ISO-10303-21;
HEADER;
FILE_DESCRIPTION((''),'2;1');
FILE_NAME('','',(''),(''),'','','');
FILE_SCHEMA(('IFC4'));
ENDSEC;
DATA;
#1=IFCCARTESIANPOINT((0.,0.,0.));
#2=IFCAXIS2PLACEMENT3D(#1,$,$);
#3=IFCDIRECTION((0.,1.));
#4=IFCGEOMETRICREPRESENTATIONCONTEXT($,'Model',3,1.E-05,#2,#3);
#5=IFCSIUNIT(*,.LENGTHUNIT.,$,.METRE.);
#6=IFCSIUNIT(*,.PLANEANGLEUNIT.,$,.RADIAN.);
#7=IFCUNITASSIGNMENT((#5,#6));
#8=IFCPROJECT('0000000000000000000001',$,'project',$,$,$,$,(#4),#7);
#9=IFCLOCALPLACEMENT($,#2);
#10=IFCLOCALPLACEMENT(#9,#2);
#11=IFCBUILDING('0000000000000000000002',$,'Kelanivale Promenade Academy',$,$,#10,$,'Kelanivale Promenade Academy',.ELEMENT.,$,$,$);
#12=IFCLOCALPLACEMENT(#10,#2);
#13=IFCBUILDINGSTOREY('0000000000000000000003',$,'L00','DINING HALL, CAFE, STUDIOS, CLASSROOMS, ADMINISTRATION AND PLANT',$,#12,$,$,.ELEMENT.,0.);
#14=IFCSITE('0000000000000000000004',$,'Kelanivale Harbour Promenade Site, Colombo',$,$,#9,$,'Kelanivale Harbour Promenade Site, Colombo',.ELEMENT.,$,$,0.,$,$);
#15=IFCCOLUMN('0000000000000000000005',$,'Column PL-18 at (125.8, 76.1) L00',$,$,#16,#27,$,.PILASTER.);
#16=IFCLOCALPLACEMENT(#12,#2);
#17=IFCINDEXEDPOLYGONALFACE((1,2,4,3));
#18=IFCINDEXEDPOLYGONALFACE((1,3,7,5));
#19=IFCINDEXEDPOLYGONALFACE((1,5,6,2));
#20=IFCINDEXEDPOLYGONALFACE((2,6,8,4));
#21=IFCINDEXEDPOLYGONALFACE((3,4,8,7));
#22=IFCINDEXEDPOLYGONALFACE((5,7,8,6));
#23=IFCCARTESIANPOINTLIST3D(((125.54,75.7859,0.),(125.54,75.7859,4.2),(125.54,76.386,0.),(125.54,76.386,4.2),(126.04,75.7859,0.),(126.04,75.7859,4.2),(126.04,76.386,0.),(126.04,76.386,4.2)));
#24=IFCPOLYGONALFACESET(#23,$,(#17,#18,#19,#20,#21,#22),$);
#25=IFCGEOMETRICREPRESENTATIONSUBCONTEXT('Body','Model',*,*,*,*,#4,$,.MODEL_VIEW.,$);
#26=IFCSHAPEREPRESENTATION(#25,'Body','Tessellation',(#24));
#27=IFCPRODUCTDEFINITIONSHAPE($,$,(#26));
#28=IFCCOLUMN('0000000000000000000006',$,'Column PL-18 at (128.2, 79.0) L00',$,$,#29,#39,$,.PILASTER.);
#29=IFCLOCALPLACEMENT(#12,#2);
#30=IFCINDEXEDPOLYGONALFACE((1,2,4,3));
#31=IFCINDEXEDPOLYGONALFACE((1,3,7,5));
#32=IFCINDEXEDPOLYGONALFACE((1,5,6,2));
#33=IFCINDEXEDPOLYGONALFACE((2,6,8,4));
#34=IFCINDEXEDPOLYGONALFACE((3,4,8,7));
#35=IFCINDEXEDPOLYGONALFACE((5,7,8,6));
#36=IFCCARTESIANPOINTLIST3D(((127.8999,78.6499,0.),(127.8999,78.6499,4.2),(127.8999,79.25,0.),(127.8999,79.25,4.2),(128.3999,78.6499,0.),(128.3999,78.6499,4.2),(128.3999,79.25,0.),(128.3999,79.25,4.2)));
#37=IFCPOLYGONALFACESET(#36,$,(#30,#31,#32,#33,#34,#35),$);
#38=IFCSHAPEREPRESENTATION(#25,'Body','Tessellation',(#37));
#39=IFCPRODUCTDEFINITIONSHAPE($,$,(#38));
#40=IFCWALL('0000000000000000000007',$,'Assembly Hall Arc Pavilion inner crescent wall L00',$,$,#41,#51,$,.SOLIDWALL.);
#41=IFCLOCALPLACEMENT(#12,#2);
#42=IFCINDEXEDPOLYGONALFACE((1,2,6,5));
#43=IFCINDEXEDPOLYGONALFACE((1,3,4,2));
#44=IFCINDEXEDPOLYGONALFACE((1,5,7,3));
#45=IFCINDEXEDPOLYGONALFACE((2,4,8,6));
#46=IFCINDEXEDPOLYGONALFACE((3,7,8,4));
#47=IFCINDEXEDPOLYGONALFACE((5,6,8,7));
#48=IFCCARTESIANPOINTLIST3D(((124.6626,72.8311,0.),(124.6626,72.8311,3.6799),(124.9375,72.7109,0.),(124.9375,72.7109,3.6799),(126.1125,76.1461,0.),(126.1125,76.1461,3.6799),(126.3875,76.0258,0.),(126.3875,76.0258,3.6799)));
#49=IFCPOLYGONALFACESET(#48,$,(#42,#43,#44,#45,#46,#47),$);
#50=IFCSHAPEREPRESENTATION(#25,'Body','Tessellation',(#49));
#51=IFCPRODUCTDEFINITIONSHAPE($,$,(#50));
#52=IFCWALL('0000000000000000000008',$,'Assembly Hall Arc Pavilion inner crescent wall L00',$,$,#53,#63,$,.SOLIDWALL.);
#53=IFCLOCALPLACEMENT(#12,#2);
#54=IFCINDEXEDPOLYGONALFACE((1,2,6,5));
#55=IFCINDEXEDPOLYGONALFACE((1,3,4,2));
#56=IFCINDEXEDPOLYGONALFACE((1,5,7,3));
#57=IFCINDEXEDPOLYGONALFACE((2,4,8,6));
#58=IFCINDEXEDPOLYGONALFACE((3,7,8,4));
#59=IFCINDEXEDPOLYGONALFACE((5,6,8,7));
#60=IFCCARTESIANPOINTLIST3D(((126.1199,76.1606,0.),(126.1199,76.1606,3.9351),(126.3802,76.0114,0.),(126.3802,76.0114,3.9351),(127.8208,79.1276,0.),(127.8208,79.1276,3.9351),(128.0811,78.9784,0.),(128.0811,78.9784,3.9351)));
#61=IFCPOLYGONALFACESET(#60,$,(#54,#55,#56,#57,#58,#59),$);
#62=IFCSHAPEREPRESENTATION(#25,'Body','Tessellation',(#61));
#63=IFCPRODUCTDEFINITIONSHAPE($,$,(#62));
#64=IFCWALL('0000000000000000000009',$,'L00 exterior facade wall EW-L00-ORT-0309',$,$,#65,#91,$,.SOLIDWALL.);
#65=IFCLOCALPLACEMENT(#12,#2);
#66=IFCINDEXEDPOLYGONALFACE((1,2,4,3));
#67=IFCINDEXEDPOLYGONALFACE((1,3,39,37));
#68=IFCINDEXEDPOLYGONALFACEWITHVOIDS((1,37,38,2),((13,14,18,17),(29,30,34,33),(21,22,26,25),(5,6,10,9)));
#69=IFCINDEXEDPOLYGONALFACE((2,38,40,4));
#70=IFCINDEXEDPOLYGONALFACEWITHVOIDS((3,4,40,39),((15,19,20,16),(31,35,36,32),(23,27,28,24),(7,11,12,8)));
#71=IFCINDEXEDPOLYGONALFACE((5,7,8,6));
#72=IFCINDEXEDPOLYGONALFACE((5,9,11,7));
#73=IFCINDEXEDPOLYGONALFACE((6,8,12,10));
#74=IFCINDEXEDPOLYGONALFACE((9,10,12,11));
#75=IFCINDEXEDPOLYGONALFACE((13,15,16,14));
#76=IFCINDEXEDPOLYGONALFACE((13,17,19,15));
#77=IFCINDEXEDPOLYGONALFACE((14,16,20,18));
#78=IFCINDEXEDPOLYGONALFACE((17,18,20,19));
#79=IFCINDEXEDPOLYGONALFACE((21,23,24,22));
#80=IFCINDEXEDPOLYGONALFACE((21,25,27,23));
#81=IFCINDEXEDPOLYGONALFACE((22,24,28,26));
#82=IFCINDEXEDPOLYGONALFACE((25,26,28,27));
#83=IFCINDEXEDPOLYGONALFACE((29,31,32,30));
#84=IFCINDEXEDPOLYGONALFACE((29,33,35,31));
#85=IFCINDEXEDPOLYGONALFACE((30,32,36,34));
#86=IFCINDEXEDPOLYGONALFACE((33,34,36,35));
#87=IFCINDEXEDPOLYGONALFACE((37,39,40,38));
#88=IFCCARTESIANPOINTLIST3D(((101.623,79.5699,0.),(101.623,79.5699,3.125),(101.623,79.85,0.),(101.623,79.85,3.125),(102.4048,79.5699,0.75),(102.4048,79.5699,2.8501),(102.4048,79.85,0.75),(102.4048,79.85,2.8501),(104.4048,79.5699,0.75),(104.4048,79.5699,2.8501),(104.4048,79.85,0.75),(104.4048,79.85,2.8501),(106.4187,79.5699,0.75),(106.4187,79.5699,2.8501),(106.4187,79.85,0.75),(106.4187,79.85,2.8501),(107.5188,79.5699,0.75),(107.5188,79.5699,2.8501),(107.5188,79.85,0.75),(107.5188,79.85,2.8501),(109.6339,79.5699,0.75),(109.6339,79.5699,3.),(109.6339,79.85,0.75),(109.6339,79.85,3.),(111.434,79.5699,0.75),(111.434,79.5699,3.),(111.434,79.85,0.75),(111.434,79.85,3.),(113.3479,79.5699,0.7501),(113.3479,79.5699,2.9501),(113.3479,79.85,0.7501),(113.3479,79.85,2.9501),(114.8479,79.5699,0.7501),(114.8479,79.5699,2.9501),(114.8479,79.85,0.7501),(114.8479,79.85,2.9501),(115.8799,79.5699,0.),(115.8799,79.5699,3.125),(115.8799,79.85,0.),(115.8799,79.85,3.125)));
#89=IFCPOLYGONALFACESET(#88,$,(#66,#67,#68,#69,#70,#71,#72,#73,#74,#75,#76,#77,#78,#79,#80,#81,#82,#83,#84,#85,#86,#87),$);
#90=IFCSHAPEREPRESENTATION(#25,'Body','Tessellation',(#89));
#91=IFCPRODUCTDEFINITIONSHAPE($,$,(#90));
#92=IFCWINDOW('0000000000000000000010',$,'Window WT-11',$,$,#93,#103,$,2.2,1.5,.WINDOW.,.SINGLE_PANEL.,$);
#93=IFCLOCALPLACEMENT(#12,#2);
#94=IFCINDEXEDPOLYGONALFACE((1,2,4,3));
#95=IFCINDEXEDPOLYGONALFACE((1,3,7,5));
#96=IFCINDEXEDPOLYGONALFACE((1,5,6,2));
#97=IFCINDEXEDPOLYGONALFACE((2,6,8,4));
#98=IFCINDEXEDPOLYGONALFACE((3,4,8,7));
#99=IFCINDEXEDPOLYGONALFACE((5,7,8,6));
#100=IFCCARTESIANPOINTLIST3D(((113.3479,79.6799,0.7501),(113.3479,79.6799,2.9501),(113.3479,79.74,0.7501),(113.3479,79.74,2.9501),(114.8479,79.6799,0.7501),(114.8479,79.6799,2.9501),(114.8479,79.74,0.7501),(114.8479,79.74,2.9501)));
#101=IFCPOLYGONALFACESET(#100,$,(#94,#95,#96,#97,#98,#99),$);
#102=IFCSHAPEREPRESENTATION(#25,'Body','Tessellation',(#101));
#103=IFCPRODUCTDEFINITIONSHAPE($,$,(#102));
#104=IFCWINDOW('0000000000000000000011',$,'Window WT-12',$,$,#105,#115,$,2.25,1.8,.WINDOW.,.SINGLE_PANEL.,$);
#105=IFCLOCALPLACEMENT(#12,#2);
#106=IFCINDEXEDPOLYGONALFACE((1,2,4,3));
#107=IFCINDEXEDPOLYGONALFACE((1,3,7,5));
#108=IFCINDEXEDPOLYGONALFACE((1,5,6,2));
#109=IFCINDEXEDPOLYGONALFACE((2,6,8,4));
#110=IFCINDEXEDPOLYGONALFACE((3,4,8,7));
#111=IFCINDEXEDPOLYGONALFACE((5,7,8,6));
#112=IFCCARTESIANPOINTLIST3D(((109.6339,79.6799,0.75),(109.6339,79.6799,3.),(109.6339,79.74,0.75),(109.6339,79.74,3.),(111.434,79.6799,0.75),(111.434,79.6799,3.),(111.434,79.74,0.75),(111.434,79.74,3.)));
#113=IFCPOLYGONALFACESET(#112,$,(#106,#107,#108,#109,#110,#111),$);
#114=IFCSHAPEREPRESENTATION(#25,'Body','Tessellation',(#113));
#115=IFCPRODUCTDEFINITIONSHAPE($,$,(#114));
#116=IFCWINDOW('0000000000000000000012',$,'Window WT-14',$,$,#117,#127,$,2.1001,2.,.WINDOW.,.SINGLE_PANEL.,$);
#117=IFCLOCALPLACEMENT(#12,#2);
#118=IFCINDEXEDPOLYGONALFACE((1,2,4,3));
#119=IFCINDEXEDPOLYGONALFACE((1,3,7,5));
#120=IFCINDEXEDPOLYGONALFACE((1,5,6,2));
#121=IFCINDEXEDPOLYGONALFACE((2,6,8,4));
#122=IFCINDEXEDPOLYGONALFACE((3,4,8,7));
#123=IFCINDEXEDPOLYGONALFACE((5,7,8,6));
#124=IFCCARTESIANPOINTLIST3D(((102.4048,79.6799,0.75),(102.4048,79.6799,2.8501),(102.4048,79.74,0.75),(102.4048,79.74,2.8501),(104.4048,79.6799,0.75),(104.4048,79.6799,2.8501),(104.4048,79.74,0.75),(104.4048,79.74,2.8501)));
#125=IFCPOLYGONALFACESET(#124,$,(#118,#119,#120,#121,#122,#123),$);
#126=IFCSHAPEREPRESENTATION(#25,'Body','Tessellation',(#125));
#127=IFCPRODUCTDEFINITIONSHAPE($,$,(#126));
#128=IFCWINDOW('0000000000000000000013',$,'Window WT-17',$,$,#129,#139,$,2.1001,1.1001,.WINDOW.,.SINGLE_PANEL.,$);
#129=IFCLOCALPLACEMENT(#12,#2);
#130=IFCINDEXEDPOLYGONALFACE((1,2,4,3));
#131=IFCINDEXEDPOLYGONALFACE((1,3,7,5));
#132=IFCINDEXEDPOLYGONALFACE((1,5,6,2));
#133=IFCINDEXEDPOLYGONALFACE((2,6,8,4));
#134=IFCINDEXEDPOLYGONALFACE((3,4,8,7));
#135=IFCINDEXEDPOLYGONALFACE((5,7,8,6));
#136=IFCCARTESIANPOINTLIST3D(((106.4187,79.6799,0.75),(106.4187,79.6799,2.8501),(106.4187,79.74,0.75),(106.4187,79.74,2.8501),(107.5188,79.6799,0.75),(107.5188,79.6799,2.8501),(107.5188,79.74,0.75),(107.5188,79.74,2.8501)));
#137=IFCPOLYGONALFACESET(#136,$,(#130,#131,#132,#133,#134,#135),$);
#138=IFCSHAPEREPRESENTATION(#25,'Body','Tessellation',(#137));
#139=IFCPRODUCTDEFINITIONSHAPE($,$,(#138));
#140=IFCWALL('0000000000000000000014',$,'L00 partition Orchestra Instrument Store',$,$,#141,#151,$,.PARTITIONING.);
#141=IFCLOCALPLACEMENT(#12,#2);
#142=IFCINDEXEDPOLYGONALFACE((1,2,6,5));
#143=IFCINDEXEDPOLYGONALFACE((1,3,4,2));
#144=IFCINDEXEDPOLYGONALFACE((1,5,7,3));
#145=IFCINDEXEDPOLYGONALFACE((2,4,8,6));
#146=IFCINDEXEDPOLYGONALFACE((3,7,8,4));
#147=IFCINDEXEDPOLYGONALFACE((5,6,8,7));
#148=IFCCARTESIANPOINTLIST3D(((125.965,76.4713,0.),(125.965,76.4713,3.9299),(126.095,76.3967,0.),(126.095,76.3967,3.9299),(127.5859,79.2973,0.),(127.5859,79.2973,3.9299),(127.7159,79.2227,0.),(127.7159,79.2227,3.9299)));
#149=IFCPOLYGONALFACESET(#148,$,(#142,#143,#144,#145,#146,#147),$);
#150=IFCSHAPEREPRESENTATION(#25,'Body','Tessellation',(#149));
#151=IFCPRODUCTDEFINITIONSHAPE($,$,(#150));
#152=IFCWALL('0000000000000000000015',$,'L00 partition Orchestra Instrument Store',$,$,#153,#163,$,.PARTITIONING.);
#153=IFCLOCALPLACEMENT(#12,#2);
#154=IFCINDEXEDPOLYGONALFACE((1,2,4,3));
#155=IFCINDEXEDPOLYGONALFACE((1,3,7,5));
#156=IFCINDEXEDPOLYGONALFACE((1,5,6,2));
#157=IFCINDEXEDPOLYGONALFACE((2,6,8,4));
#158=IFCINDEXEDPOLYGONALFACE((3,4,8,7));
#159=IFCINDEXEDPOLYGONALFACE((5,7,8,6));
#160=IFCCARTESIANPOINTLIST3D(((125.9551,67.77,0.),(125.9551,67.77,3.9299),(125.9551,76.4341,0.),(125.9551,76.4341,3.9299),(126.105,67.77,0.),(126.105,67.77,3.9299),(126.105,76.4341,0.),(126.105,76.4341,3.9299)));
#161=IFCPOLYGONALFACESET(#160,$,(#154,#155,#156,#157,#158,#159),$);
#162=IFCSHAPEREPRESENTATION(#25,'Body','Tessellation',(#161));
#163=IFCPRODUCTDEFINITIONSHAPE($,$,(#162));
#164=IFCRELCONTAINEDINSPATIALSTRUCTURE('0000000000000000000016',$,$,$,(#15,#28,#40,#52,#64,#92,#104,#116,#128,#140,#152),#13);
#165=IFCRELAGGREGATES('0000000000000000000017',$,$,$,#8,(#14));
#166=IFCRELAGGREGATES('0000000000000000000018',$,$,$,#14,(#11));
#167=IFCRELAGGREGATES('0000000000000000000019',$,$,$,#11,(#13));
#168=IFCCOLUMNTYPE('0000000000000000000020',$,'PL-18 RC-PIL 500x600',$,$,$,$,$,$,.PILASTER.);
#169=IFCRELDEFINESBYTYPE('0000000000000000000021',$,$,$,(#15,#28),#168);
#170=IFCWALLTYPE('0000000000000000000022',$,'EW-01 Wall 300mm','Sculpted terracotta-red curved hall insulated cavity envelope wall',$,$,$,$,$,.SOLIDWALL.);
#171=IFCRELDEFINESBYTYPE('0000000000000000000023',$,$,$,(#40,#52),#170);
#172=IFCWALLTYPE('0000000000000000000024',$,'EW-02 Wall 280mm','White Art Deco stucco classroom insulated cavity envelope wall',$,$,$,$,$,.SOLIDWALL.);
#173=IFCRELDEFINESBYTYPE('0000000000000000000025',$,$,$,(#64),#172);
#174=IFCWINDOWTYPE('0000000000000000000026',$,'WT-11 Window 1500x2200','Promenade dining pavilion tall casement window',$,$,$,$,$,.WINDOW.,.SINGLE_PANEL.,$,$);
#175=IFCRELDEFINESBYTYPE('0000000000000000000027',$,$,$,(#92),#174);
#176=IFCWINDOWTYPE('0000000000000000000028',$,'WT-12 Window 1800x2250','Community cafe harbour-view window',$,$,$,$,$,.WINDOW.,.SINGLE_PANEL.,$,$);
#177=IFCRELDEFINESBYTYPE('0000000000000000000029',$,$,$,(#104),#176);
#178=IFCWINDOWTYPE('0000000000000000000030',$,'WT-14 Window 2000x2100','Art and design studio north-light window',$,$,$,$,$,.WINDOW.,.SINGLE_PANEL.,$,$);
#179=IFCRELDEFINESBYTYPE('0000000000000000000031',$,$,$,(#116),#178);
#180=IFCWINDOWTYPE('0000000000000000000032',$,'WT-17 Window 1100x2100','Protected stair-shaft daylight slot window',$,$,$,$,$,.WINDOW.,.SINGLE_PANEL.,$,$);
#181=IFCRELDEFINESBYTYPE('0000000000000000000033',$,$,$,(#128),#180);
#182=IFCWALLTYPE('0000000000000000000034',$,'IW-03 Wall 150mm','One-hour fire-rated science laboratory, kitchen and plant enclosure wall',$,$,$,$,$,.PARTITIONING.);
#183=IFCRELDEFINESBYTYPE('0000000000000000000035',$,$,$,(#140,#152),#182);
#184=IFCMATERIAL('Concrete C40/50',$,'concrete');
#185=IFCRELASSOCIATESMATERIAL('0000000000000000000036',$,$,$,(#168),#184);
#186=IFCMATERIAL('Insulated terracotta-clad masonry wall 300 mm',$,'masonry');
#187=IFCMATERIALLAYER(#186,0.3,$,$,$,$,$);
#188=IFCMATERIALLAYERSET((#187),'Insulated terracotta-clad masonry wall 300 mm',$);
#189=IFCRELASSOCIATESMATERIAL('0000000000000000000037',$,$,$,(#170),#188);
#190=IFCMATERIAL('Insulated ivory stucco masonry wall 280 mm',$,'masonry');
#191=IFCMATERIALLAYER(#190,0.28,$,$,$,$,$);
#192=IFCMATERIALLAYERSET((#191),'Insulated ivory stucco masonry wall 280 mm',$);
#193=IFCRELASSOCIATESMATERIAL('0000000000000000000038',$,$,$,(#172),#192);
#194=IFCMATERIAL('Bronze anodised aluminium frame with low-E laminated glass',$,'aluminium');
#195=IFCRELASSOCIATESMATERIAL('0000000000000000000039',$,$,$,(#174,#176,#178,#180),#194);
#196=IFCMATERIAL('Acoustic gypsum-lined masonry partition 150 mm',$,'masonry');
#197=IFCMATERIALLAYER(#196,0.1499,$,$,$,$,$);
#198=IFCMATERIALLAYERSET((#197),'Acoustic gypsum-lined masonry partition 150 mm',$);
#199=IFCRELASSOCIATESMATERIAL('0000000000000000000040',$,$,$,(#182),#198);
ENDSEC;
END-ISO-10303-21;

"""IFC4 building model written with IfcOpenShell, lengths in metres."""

from ifc_helpers import new_model, si_unit, direction, frame, frame_2d, origin, origin_2d, place, context, subcontext, project, spatial, rectangle, extrude, material, layer, layer_set, material_profile, profile_set, type_object, element, fill, save


model = new_model("IFC4")

# Units and contexts
model_context = context("Model", 3, precision=1e-05, world=origin(), true_north=direction((0.0, 1.0)))
body_context = subcontext(model_context, "Body", "Model", "MODEL_VIEW")
ifc_project = project(units=[si_unit("LENGTHUNIT", "METRE"), si_unit("PLANEANGLEUNIT", "RADIAN")], contexts=[model_context])

# Site, building, storey
site_placement = place(None, origin())
site = spatial("IfcSite", under=ifc_project, at=site_placement, Name="Kelanivale Harbour Promenade Site, Colombo", LongName="Kelanivale Harbour Promenade Site, Colombo", CompositionType="ELEMENT", RefElevation=0.0)
building_placement = place(site_placement, origin())
building = spatial("IfcBuilding", under=site, at=building_placement, Name="Kelanivale Promenade Academy", LongName="Kelanivale Promenade Academy", CompositionType="ELEMENT")
storey_placement = place(building_placement, origin())
storey = spatial("IfcBuildingStorey", under=building, at=storey_placement, Name="L00", Description="DINING HALL, CAFE, STUDIOS, CLASSROOMS, ADMINISTRATION AND PLANT", CompositionType="ELEMENT", Elevation=0.0)

# Columns
ifc_material_1 = material(Name="Concrete C40/50", Category="concrete")
ifc_material_profile_1 = material_profile(ifc_material_1, rectangle(XDim=0.5, YDim=0.6001, at=origin_2d()), Name="RC-PIL 500x600")
ifc_profile_set_1 = profile_set([ifc_material_profile_1], Name="Concrete C40/50")
column_type_1 = type_object("IfcColumnType", Name="PL-18 RC-PIL 500x600", PredefinedType="PILASTER", material=ifc_profile_set_1)
for number, where, z_axis, x_axis, name in (
    (1, (125.79, 76.0859, 0.0), (0.0, 0.0, 1.0), (1.0, 0.0, 0.0), "Column PL-18 at (125.8, 76.1) L00"),
    (2, (128.1499, 78.95, 0.0), (0.0, 0.0, 1.0), (1.0, 0.0, 0.0), "Column PL-18 at (128.2, 79.0) L00"),
):
    element("IfcColumn", number, at=place(storey_placement, frame(where, z_axis=z_axis, x_axis=x_axis)), inside=storey, type_object=column_type_1, Name=name, PredefinedType="PILASTER", context=body_context, shape_type="SweptSolid", body=[
        extrude(rectangle(XDim=0.5, YDim=0.6001, at=origin_2d()), origin(), (0.0, 0.0, 1.0), 4.2),
    ])

# Walls
ifc_material_2 = material(Name="Insulated terracotta-clad masonry wall 300 mm", Category="masonry")
ifc_layer_1 = layer(ifc_material_2, 0.3)
ifc_layer_set_1 = layer_set([ifc_layer_1], Name="Insulated terracotta-clad masonry wall 300 mm")
wall_type_1 = type_object("IfcWallType", Name="EW-01 Wall 300mm", Description="Sculpted terracotta-red curved hall insulated cavity envelope wall", PredefinedType="SOLIDWALL", material=ifc_layer_set_1)
wall_1_placement = place(storey_placement, frame((126.25, 76.0859, 0.0), z_axis=(0.0, 0.0, 1.0), x_axis=(-0.400741, -0.916191, 0.0)))
element("IfcWall", 3, at=wall_1_placement, inside=storey, type_object=wall_type_1, Name="Assembly Hall Arc Pavilion inner crescent wall L00", PredefinedType="SOLIDWALL", context=body_context, shape_type="SweptSolid", body=[
    extrude(rectangle(XDim=3.6182, YDim=0.3, at=frame_2d((1.8091, 0.0))), origin(), (0.0, 0.0, 1.0), 3.6799),
])
wall_2_placement = place(storey_placement, frame((127.9509, 79.053, 0.0), z_axis=(0.0, 0.0, 1.0), x_axis=(-0.497345, -0.867553, 0.0)))
element("IfcWall", 4, at=wall_2_placement, inside=storey, type_object=wall_type_1, Name="Assembly Hall Arc Pavilion inner crescent wall L00", PredefinedType="SOLIDWALL", context=body_context, shape_type="SweptSolid", body=[
    extrude(rectangle(XDim=3.4199, YDim=0.3, at=frame_2d((1.71, 0.0))), origin(), (0.0, 0.0, 1.0), 3.9351),
])

# Wall, openings, windows
ifc_material_3 = material(Name="Insulated ivory stucco masonry wall 280 mm", Category="masonry")
ifc_layer_2 = layer(ifc_material_3, 0.28)
ifc_layer_set_2 = layer_set([ifc_layer_2], Name="Insulated ivory stucco masonry wall 280 mm")
wall_type_2 = type_object("IfcWallType", Name="EW-02 Wall 280mm", Description="White Art Deco stucco classroom insulated cavity envelope wall", PredefinedType="SOLIDWALL", material=ifc_layer_set_2)
wall_3_placement = place(storey_placement, frame((115.8799, 79.71, 0.0), z_axis=(0.0, 0.0, 1.0), x_axis=(-1.0, 0.0, 0.0)))
wall_3 = element("IfcWall", 5, at=wall_3_placement, inside=storey, type_object=wall_type_2, Name="L00 exterior facade wall EW-L00-ORT-0309", PredefinedType="SOLIDWALL", context=body_context, shape_type="SweptSolid", body=[
    extrude(rectangle(XDim=14.2568, YDim=0.28, at=frame_2d((7.1284, 0.0))), origin(), (0.0, 0.0, 1.0), 3.125),
])
opening_1_placement = place(wall_3_placement, frame((1.032, 0.0, 0.75)))
opening_1 = element("IfcOpeningElement", 6, at=opening_1_placement, cuts=wall_3, PredefinedType="OPENING", context=body_context, shape_type="SweptSolid", body=[
    extrude(rectangle(XDim=1.5, YDim=2.2, at=frame_2d((0.75, 1.1001))), frame((0.0, 0.1499, 0.0), z_axis=(0.0, -1.0, 0.0), x_axis=(1.0, 0.0, 0.0)), (0.0, 0.0, 1.0), 0.3),
])
opening_2_placement = place(wall_3_placement, frame((4.446, 0.0, 0.75)))
opening_2 = element("IfcOpeningElement", 7, at=opening_2_placement, cuts=wall_3, PredefinedType="OPENING", context=body_context, shape_type="SweptSolid", body=[
    extrude(rectangle(XDim=1.8, YDim=2.25, at=frame_2d((0.8999, 1.125))), frame((0.0, 0.1499, 0.0), z_axis=(0.0, -1.0, 0.0), x_axis=(1.0, 0.0, 0.0)), (0.0, 0.0, 1.0), 0.3),
])
opening_3_placement = place(wall_3_placement, frame((8.3611, 0.0, 0.75)))
opening_3 = element("IfcOpeningElement", 8, at=opening_3_placement, cuts=wall_3, PredefinedType="OPENING", context=body_context, shape_type="SweptSolid", body=[
    extrude(rectangle(XDim=1.1001, YDim=2.1001, at=frame_2d((0.55, 1.05))), frame((0.0, 0.1499, 0.0), z_axis=(0.0, -1.0, 0.0), x_axis=(1.0, 0.0, 0.0)), (0.0, 0.0, 1.0), 0.3),
])
opening_4_placement = place(wall_3_placement, frame((11.4751, 0.0, 0.75)))
opening_4 = element("IfcOpeningElement", 9, at=opening_4_placement, cuts=wall_3, PredefinedType="OPENING", context=body_context, shape_type="SweptSolid", body=[
    extrude(rectangle(XDim=2.0, YDim=2.1001, at=frame_2d((1.0, 1.05))), frame((0.0, 0.1499, 0.0), z_axis=(0.0, -1.0, 0.0), x_axis=(1.0, 0.0, 0.0)), (0.0, 0.0, 1.0), 0.3),
])
ifc_material_4 = material(Name="Bronze anodised aluminium frame with low-E laminated glass", Category="aluminium")
window_type_1 = type_object("IfcWindowType", Name="WT-11 Window 1500x2200", Description="Promenade dining pavilion tall casement window", PartitioningType="SINGLE_PANEL", PredefinedType="WINDOW", material=ifc_material_4)
window_1_placement = place(opening_1_placement, origin())
window_1 = element("IfcWindow", 10, at=window_1_placement, inside=storey, type_object=window_type_1, Name="Window WT-11", OverallHeight=2.2, OverallWidth=1.5, PartitioningType="SINGLE_PANEL", PredefinedType="WINDOW", context=body_context, shape_type="SweptSolid", body=[
    extrude(rectangle(XDim=1.5, YDim=2.2, at=frame_2d((0.75, 1.1001))), frame((0.0, 0.03, 0.0), z_axis=(0.0, -1.0, 0.0), x_axis=(1.0, 0.0, 0.0)), (0.0, 0.0, 1.0), 0.0601),
])
fill(opening_1, window_1)
window_type_2 = type_object("IfcWindowType", Name="WT-12 Window 1800x2250", Description="Community cafe harbour-view window", PartitioningType="SINGLE_PANEL", PredefinedType="WINDOW", material=ifc_material_4)
window_2_placement = place(opening_2_placement, origin())
window_2 = element("IfcWindow", 11, at=window_2_placement, inside=storey, type_object=window_type_2, Name="Window WT-12", OverallHeight=2.25, OverallWidth=1.8, PartitioningType="SINGLE_PANEL", PredefinedType="WINDOW", context=body_context, shape_type="SweptSolid", body=[
    extrude(rectangle(XDim=1.8, YDim=2.25, at=frame_2d((0.8999, 1.125))), frame((0.0, 0.03, 0.0), z_axis=(0.0, -1.0, 0.0), x_axis=(1.0, 0.0, 0.0)), (0.0, 0.0, 1.0), 0.0601),
])
fill(opening_2, window_2)
window_type_3 = type_object("IfcWindowType", Name="WT-14 Window 2000x2100", Description="Art and design studio north-light window", PartitioningType="SINGLE_PANEL", PredefinedType="WINDOW", material=ifc_material_4)
window_3_placement = place(opening_4_placement, origin())
window_3 = element("IfcWindow", 12, at=window_3_placement, inside=storey, type_object=window_type_3, Name="Window WT-14", OverallHeight=2.1001, OverallWidth=2.0, PartitioningType="SINGLE_PANEL", PredefinedType="WINDOW", context=body_context, shape_type="SweptSolid", body=[
    extrude(rectangle(XDim=2.0, YDim=2.1001, at=frame_2d((1.0, 1.05))), frame((0.0, 0.03, 0.0), z_axis=(0.0, -1.0, 0.0), x_axis=(1.0, 0.0, 0.0)), (0.0, 0.0, 1.0), 0.0601),
])
fill(opening_4, window_3)
window_type_4 = type_object("IfcWindowType", Name="WT-17 Window 1100x2100", Description="Protected stair-shaft daylight slot window", PartitioningType="SINGLE_PANEL", PredefinedType="WINDOW", material=ifc_material_4)
window_4_placement = place(opening_3_placement, origin())
window_4 = element("IfcWindow", 13, at=window_4_placement, inside=storey, type_object=window_type_4, Name="Window WT-17", OverallHeight=2.1001, OverallWidth=1.1001, PartitioningType="SINGLE_PANEL", PredefinedType="WINDOW", context=body_context, shape_type="SweptSolid", body=[
    extrude(rectangle(XDim=1.1001, YDim=2.1001, at=frame_2d((0.55, 1.05))), frame((0.0, 0.03, 0.0), z_axis=(0.0, -1.0, 0.0), x_axis=(1.0, 0.0, 0.0)), (0.0, 0.0, 1.0), 0.0601),
])
fill(opening_3, window_4)

# Walls
ifc_material_5 = material(Name="Acoustic gypsum-lined masonry partition 150 mm", Category="masonry")
ifc_layer_3 = layer(ifc_material_5, 0.1499)
ifc_layer_set_3 = layer_set([ifc_layer_3], Name="Acoustic gypsum-lined masonry partition 150 mm")
wall_type_3 = type_object("IfcWallType", Name="IW-03 Wall 150mm", Description="One-hour fire-rated science laboratory, kitchen and plant enclosure wall", PredefinedType="PARTITIONING", material=ifc_layer_set_3)
wall_4_placement = place(storey_placement, frame((127.6509, 79.26, 0.0), z_axis=(0.0, 0.0, 1.0), x_axis=(-0.497535, -0.867444, 0.0)))
element("IfcWall", 14, at=wall_4_placement, inside=storey, type_object=wall_type_3, Name="L00 partition Orchestra Instrument Store", PredefinedType="PARTITIONING", context=body_context, shape_type="SweptSolid", body=[
    extrude(rectangle(XDim=3.2578, YDim=0.1499, at=frame_2d((1.6289, 0.0))), origin(), (0.0, 0.0, 1.0), 3.9299),
])
wall_5_placement = place(storey_placement, frame((126.03, 76.4341, 0.0), z_axis=(0.0, 0.0, 1.0), x_axis=(0.0, -1.0, 0.0)))
element("IfcWall", 15, at=wall_5_placement, inside=storey, type_object=wall_type_3, Name="L00 partition Orchestra Instrument Store", PredefinedType="PARTITIONING", context=body_context, shape_type="SweptSolid", body=[
    extrude(rectangle(XDim=8.6641, YDim=0.1499, at=frame_2d((4.332, 0.0))), origin(), (0.0, 0.0, 1.0), 3.9299),
])

save(model, "model.ifc")
